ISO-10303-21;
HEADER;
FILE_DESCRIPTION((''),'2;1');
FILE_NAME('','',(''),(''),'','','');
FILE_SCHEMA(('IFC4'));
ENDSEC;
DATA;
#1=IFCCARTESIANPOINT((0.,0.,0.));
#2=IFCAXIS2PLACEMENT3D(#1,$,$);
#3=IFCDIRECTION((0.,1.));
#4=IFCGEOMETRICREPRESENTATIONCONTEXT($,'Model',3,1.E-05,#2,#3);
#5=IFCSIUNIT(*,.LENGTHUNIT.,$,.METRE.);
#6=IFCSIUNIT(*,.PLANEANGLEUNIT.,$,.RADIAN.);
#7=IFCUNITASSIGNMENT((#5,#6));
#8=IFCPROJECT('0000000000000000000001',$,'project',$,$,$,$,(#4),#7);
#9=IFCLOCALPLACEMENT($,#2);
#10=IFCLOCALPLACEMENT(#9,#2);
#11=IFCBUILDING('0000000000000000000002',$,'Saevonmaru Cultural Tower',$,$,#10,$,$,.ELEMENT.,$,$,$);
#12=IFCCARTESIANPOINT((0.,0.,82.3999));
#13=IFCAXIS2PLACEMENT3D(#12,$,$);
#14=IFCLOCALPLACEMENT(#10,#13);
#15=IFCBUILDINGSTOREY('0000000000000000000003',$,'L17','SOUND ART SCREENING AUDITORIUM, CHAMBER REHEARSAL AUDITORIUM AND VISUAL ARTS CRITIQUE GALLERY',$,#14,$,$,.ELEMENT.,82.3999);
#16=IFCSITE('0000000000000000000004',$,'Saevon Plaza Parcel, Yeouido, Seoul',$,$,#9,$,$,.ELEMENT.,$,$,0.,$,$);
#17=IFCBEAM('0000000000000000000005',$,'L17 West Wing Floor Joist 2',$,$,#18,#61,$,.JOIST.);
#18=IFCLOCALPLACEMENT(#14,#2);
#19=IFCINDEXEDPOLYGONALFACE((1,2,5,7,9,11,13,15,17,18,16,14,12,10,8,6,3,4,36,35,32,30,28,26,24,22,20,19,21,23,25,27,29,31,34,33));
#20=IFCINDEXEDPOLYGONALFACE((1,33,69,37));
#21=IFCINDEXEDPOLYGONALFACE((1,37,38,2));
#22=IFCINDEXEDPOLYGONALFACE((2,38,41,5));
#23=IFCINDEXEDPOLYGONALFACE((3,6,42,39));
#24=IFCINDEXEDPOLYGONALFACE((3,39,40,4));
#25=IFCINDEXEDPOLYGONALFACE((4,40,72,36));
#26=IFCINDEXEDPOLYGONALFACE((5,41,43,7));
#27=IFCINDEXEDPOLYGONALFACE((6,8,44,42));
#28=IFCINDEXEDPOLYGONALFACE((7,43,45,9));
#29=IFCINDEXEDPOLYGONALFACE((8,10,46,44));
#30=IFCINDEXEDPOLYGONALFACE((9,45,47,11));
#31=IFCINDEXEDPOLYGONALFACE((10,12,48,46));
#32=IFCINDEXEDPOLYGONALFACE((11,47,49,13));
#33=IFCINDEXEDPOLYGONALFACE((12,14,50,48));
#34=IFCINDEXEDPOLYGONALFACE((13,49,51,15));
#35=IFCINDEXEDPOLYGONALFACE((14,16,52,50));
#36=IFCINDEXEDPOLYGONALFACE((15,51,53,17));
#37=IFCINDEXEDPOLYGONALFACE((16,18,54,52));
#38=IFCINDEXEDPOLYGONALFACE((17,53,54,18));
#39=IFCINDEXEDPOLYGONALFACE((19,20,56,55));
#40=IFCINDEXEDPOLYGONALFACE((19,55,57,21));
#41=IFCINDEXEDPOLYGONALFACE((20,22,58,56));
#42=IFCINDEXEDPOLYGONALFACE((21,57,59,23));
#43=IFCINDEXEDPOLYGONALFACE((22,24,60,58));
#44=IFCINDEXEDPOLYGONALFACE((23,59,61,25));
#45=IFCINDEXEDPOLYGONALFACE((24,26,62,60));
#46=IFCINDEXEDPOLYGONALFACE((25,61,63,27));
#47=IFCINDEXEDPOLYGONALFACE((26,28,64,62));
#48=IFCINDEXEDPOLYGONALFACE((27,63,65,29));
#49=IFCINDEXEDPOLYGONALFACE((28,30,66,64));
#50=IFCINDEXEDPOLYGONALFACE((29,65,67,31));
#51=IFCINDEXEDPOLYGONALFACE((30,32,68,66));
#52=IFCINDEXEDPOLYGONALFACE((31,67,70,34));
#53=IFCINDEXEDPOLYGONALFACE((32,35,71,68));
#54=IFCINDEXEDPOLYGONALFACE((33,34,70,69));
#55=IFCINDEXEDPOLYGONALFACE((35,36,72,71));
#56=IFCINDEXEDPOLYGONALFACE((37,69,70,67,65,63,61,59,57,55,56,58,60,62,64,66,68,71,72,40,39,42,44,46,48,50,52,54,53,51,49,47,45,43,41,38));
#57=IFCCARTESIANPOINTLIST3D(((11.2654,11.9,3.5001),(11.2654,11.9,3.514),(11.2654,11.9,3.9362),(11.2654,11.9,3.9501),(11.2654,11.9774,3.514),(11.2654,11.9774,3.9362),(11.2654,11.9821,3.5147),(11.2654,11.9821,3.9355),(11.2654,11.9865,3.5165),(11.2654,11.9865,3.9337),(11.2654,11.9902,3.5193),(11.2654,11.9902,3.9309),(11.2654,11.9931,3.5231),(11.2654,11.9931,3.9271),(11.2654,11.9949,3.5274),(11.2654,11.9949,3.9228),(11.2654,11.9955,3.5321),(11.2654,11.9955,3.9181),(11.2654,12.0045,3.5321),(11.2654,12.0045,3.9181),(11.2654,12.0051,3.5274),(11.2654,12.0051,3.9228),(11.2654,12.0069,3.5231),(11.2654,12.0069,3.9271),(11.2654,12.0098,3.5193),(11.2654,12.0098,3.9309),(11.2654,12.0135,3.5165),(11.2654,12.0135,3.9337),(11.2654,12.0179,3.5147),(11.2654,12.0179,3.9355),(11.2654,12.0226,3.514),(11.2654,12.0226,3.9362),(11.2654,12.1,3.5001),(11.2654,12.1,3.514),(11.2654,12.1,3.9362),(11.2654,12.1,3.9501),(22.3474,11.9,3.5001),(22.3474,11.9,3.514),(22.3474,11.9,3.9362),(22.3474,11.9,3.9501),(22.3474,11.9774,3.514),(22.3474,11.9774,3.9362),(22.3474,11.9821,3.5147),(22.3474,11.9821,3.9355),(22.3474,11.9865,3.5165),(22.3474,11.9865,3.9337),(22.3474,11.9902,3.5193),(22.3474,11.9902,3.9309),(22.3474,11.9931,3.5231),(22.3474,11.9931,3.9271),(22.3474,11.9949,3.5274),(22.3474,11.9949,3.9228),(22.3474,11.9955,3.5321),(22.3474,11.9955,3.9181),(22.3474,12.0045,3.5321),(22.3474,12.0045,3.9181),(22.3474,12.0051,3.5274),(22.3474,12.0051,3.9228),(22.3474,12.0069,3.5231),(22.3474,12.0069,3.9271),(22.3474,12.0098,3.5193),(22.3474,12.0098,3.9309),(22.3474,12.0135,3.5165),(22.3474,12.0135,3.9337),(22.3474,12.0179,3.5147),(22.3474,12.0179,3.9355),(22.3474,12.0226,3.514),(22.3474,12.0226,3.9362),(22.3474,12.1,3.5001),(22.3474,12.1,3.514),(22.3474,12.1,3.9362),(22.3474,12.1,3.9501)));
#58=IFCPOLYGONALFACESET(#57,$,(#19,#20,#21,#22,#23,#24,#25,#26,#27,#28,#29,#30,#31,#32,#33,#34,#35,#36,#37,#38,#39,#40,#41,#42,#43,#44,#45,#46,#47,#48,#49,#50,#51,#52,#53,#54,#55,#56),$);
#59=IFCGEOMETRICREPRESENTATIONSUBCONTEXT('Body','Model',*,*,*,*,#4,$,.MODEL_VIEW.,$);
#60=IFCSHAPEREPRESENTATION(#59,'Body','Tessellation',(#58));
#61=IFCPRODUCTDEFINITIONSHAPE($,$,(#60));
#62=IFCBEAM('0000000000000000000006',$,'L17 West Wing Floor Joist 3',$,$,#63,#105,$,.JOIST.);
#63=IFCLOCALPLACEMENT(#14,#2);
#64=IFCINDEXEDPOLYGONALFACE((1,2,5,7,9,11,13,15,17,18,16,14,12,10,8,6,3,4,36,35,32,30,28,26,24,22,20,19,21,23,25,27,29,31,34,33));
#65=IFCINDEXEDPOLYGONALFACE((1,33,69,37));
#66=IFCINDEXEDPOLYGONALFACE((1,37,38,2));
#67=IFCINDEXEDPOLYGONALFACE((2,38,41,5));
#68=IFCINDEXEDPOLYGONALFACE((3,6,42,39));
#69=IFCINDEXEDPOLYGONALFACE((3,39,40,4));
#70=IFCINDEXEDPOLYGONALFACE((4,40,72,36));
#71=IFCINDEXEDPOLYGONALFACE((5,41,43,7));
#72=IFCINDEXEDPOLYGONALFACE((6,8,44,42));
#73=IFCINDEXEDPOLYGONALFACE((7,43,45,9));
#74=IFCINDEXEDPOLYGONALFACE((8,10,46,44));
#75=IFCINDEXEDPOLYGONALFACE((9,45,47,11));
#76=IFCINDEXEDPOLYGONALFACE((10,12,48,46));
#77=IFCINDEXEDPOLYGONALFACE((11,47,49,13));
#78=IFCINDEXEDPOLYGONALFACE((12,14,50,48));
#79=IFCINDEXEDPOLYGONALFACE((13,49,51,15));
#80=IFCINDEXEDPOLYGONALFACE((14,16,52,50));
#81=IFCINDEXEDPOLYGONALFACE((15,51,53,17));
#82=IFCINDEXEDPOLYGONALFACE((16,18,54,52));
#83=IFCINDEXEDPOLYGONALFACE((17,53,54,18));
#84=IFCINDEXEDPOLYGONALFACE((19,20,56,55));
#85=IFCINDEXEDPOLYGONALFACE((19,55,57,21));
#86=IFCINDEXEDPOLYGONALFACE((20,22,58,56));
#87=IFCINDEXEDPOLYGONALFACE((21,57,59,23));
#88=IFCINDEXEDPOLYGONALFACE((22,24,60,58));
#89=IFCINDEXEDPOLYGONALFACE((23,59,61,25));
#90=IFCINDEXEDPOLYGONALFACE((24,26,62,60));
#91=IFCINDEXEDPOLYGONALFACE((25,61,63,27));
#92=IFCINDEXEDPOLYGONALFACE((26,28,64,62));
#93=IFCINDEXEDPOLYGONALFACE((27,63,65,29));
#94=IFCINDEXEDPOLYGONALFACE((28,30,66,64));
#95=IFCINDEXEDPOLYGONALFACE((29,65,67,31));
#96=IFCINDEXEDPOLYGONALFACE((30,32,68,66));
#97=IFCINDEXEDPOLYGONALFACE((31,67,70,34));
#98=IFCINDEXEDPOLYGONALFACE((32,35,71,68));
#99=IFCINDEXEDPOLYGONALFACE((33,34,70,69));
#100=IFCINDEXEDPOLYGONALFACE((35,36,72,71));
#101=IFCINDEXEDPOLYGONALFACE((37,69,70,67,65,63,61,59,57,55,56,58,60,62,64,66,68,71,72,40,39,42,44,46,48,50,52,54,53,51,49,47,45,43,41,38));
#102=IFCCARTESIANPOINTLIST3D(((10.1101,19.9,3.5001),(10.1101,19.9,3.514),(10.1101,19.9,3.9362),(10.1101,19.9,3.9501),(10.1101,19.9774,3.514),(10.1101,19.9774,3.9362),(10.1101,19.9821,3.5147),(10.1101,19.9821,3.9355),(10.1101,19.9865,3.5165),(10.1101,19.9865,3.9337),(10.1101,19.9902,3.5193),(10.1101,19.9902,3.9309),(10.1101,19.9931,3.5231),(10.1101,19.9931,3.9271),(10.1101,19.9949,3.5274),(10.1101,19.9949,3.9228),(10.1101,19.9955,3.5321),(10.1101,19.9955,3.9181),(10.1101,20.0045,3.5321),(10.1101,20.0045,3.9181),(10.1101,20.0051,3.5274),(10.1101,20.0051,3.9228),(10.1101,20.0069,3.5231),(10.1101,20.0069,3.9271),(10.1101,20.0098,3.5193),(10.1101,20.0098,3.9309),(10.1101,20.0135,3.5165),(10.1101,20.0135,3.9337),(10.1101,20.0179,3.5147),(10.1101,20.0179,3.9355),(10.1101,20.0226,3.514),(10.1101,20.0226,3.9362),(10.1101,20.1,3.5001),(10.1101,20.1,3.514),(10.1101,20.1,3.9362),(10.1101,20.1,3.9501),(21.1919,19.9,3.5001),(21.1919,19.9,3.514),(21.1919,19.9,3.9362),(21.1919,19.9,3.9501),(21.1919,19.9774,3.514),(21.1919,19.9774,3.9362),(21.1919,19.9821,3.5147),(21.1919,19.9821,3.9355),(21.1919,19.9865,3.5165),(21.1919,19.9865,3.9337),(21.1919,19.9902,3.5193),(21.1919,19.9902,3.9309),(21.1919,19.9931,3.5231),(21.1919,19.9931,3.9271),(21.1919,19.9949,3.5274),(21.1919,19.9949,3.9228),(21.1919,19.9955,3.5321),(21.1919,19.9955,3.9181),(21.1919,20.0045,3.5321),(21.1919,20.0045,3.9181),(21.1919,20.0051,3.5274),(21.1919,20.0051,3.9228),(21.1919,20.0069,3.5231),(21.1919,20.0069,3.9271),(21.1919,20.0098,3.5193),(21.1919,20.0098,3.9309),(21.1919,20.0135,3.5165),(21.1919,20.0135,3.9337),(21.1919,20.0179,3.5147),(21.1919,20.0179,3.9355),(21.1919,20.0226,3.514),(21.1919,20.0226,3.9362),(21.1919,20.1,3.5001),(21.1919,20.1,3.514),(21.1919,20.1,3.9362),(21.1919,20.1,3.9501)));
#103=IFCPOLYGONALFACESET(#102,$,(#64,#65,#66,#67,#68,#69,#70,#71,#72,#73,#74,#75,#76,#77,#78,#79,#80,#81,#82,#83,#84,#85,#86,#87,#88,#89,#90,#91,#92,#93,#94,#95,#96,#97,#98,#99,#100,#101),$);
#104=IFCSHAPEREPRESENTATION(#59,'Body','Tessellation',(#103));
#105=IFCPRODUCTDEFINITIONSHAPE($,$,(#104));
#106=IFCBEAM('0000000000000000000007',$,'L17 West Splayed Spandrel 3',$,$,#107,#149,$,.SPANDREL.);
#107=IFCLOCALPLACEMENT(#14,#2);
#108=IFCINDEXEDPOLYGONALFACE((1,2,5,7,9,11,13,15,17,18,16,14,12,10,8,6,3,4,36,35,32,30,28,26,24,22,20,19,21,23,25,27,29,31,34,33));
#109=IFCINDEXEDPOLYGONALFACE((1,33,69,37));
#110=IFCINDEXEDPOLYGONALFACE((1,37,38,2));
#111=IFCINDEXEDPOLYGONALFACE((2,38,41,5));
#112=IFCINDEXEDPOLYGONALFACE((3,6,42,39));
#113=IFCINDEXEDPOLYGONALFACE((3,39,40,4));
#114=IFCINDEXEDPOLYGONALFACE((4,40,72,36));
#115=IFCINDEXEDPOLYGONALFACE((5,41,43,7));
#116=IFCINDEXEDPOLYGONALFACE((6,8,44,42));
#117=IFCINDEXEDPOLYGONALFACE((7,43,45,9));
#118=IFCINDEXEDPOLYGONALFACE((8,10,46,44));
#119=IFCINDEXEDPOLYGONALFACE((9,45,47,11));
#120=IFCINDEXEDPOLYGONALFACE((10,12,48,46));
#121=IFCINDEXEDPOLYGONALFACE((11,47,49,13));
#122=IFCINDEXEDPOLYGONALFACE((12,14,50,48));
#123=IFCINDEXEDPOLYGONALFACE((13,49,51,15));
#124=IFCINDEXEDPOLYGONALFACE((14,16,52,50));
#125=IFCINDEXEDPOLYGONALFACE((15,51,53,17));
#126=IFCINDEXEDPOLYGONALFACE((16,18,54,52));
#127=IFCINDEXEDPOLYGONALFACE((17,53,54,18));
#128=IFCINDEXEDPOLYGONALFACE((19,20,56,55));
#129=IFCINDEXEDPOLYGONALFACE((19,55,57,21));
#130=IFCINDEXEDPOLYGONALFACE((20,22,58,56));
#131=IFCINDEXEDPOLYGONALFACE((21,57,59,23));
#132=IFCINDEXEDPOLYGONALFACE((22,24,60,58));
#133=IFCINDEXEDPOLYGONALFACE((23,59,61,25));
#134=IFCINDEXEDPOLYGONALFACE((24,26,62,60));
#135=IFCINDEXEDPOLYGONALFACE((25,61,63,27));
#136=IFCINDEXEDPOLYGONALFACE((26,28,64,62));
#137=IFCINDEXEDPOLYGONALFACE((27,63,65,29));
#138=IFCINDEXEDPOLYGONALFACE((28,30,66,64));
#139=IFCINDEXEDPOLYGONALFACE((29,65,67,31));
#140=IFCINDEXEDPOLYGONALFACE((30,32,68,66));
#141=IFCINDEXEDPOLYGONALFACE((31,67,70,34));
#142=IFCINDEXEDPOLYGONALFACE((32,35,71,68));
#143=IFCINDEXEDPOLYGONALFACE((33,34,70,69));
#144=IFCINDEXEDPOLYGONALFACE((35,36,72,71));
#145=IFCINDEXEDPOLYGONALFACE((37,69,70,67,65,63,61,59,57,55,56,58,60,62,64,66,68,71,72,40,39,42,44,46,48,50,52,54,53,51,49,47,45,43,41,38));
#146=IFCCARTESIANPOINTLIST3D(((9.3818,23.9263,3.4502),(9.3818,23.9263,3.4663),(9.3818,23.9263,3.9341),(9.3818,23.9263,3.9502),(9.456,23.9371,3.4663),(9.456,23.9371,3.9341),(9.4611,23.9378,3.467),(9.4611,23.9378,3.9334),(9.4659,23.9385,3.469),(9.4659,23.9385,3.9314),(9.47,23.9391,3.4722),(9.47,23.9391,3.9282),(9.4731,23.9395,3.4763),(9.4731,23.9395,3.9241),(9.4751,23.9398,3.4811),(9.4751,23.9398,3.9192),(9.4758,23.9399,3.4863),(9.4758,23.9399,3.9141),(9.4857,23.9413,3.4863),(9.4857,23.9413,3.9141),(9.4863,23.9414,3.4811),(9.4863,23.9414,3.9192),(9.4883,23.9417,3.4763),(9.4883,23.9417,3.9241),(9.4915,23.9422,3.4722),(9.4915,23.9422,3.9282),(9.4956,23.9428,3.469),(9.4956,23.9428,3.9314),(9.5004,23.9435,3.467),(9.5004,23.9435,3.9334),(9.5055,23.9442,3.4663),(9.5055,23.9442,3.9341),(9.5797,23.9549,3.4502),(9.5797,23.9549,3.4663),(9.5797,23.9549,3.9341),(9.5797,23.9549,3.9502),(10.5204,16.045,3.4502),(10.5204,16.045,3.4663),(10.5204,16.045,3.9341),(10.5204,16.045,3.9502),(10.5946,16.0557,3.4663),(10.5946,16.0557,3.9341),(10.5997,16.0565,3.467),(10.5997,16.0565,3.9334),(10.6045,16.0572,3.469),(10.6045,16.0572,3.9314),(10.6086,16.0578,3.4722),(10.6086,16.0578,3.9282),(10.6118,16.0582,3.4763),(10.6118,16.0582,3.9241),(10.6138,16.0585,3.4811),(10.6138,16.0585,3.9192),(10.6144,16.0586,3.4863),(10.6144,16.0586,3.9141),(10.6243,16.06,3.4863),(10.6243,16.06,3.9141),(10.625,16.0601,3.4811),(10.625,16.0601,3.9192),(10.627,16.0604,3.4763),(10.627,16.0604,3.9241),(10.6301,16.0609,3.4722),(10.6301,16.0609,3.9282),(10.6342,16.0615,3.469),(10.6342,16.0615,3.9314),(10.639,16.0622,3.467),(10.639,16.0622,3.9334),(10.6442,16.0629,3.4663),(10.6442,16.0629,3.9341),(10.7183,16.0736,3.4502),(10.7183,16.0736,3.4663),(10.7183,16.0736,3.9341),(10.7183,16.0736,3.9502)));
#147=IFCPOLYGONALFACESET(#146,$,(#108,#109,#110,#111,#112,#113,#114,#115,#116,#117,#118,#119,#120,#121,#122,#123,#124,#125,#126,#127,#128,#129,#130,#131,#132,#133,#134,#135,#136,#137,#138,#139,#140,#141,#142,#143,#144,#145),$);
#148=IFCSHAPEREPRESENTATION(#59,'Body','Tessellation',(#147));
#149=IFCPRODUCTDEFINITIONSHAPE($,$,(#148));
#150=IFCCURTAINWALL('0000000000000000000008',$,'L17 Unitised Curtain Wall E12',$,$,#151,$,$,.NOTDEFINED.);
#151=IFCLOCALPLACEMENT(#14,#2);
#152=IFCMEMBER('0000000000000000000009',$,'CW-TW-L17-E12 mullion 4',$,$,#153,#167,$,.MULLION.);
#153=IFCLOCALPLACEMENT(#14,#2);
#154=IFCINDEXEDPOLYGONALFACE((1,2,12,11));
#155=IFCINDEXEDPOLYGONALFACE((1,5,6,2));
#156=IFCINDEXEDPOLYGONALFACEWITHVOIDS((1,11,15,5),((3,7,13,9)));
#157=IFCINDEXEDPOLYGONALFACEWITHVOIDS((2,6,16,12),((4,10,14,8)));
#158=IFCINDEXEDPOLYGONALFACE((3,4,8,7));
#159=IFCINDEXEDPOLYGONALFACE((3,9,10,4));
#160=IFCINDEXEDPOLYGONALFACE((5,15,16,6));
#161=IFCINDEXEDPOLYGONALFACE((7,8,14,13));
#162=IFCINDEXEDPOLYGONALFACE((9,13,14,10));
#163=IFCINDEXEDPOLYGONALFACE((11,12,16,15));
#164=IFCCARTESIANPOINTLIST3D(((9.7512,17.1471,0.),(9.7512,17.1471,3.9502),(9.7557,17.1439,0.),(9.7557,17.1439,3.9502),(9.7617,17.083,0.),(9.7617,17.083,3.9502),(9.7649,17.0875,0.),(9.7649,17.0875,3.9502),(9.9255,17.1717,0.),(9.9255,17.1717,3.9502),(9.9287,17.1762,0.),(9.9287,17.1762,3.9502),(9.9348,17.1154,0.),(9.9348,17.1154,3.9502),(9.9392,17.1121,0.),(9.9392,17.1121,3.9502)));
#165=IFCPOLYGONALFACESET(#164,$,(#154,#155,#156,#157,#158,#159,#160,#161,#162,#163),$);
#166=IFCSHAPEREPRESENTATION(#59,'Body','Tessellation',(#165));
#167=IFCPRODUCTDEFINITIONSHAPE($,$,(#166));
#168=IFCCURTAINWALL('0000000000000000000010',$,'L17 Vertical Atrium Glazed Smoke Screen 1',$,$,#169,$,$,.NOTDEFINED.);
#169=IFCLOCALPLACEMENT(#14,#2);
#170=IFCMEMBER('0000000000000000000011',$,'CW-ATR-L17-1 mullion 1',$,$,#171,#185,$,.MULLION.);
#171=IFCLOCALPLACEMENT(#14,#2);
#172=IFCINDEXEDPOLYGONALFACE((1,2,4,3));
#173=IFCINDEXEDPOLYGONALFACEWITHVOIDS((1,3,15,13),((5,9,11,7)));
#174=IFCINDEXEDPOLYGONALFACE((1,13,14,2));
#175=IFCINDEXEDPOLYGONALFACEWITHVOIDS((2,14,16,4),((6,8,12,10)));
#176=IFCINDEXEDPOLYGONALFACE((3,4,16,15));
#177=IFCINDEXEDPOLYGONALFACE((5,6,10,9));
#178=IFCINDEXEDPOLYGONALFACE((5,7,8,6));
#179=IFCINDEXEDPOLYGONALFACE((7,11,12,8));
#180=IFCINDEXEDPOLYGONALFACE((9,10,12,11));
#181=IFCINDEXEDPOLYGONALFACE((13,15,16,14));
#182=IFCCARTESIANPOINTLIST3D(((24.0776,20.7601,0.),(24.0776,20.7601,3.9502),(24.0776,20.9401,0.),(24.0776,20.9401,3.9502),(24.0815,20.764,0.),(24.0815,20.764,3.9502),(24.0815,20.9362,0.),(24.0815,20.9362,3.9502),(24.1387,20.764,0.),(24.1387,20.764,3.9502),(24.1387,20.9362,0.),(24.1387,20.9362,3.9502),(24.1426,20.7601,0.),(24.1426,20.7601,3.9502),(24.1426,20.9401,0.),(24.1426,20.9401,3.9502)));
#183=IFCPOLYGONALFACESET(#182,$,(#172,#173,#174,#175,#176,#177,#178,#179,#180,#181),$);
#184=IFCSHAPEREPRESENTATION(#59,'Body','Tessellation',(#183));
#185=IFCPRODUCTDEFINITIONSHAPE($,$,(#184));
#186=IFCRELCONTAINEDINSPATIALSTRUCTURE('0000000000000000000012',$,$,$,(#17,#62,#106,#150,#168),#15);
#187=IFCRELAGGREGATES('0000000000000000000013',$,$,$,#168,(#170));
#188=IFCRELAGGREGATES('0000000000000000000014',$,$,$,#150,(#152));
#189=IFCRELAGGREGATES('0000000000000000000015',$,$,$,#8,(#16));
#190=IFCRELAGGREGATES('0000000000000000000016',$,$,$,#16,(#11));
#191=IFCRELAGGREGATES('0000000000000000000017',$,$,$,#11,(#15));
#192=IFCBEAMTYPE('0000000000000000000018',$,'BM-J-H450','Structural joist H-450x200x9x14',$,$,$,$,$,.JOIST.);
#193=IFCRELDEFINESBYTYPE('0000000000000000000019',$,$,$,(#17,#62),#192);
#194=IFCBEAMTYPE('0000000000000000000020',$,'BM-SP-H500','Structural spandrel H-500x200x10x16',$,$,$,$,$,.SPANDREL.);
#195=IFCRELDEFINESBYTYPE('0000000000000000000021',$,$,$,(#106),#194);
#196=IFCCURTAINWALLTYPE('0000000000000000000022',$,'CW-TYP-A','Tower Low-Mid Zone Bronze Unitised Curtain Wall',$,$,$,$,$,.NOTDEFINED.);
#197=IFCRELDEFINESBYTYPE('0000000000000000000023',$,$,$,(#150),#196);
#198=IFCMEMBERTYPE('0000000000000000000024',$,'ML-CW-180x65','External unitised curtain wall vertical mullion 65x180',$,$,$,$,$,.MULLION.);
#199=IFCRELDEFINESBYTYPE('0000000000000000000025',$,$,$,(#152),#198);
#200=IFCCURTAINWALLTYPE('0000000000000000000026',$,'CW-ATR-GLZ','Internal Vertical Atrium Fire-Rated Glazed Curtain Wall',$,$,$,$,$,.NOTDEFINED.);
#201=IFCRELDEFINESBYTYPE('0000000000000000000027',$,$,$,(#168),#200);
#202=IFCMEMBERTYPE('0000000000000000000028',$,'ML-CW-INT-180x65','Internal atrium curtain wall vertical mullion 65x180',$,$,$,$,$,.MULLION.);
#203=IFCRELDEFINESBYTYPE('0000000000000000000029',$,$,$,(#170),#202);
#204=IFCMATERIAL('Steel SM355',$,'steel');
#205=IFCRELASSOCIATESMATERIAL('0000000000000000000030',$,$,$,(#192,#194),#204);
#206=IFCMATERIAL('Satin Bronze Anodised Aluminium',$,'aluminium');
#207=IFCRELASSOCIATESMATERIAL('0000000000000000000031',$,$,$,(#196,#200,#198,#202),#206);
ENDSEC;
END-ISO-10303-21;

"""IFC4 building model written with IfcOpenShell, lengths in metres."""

from ifc_helpers import new_model, si_unit, direction, frame, origin, origin_2d, place, context, subcontext, project, spatial, hollow_rectangle, i_section, extrude, material, material_profile, profile_set, type_object, element, aggregate, save


model = new_model("IFC4")

# Units and contexts
model_context = context("Model", 3, precision=1e-05, world=origin(), true_north=direction((0.0, 1.0)))
body_context = subcontext(model_context, "Body", "Model", "MODEL_VIEW")
ifc_project = project(units=[si_unit("LENGTHUNIT", "METRE"), si_unit("PLANEANGLEUNIT", "RADIAN")], contexts=[model_context])

# Site, building, storey
site_placement = place(None, origin())
site = spatial("IfcSite", under=ifc_project, at=site_placement, Name="Saevon Plaza Parcel, Yeouido, Seoul", CompositionType="ELEMENT", RefElevation=0.0)
building_placement = place(site_placement, origin())
building = spatial("IfcBuilding", under=site, at=building_placement, Name="Saevonmaru Cultural Tower", CompositionType="ELEMENT")
storey_placement = place(building_placement, frame((0.0, 0.0, 82.3999)))
storey = spatial("IfcBuildingStorey", under=building, at=storey_placement, Name="L17", Description="SOUND ART SCREENING AUDITORIUM, CHAMBER REHEARSAL AUDITORIUM AND VISUAL ARTS CRITIQUE GALLERY", CompositionType="ELEMENT", Elevation=82.3999)

# Beams
ifc_material_1 = material(Name="Steel SM355", Category="steel")
ifc_material_profile_1 = material_profile(ifc_material_1, i_section(OverallWidth=0.2, OverallDepth=0.45, WebThickness=0.009, FlangeThickness=0.0139, FilletRadius=0.0181, at=origin_2d()), Name="H-450x200x9x14")
ifc_profile_set_1 = profile_set([ifc_material_profile_1], Name="Steel SM355")
beam_type_1 = type_object("IfcBeamType", Name="BM-J-H450", Description="Structural joist H-450x200x9x14", PredefinedType="JOIST", material=ifc_profile_set_1)
beam_1_placement = place(storey_placement, frame((11.2654, 12.0, 3.7251), z_axis=(1.0, 0.0, 0.0), x_axis=(0.0, 1.0, 0.0)))
element("IfcBeam", 1, at=beam_1_placement, inside=storey, type_object=beam_type_1, Name="L17 West Wing Floor Joist 2", PredefinedType="JOIST", context=body_context, shape_type="SweptSolid", body=[
    extrude(i_section(OverallWidth=0.2, OverallDepth=0.45, WebThickness=0.009, FlangeThickness=0.0139, FilletRadius=0.0181, at=origin_2d()), origin(), (0.0, 0.0, 1.0), 11.082),
])
beam_2_placement = place(storey_placement, frame((10.1101, 20.0, 3.7251), z_axis=(1.0, 0.0, 0.0), x_axis=(0.0, 1.0, 0.0)))
element("IfcBeam", 2, at=beam_2_placement, inside=storey, type_object=beam_type_1, Name="L17 West Wing Floor Joist 3", PredefinedType="JOIST", context=body_context, shape_type="SweptSolid", body=[
    extrude(i_section(OverallWidth=0.2, OverallDepth=0.45, WebThickness=0.009, FlangeThickness=0.0139, FilletRadius=0.0181, at=origin_2d()), origin(), (0.0, 0.0, 1.0), 11.0818),
])
ifc_material_profile_2 = material_profile(ifc_material_1, i_section(OverallWidth=0.2, OverallDepth=0.5, WebThickness=0.01, FlangeThickness=0.0161, FilletRadius=0.02, at=origin_2d()), Name="H-500x200x10x16")
ifc_profile_set_2 = profile_set([ifc_material_profile_2], Name="Steel SM355")
beam_type_2 = type_object("IfcBeamType", Name="BM-SP-H500", Description="Structural spandrel H-500x200x10x16", PredefinedType="SPANDREL", material=ifc_profile_set_2)
beam_3_placement = place(storey_placement, frame((10.6194, 16.0593, 3.7002), z_axis=(-0.142992, 0.989724, 0.0), x_axis=(-0.989724, -0.142992, 0.0)))
element("IfcBeam", 3, at=beam_3_placement, inside=storey, type_object=beam_type_2, Name="L17 West Splayed Spandrel 3", PredefinedType="SPANDREL", context=body_context, shape_type="SweptSolid", body=[
    extrude(i_section(OverallWidth=0.2, OverallDepth=0.5, WebThickness=0.01, FlangeThickness=0.0161, FilletRadius=0.02, at=origin_2d()), origin(), (0.0, 0.0, 1.0), 7.9631),
])

# Curtain walls, members
ifc_material_2 = material(Name="Satin Bronze Anodised Aluminium", Category="aluminium")
curtain_wall_type_1 = type_object("IfcCurtainWallType", Name="CW-TYP-A", Description="Tower Low-Mid Zone Bronze Unitised Curtain Wall", PredefinedType="NOTDEFINED", material=ifc_material_2)
curtain_wall_1_placement = place(storey_placement, origin())
curtain_wall_1 = element("IfcCurtainWall", 4, at=curtain_wall_1_placement, inside=storey, type_object=curtain_wall_type_1, Name="L17 Unitised Curtain Wall E12", PredefinedType="NOTDEFINED")
ifc_material_profile_3 = material_profile(ifc_material_2, hollow_rectangle(XDim=0.0649, YDim=0.1799, WallThickness=0.0039, at=origin_2d()), Name="ALU-MULL-180x65x4")
ifc_profile_set_3 = profile_set([ifc_material_profile_3], Name="Satin Bronze Anodised Aluminium")
member_type_1 = type_object("IfcMemberType", Name="ML-CW-180x65", Description="External unitised curtain wall vertical mullion 65x180", PredefinedType="MULLION", material=ifc_profile_set_3)
member_1_placement = place(storey_placement, frame((9.8452, 17.1296, 0.0), z_axis=(0.0, 0.0, 1.0), x_axis=(0.161709, -0.986839, 0.0)))
member_1 = element("IfcMember", 5, at=member_1_placement, type_object=member_type_1, Name="CW-TW-L17-E12 mullion 4", PredefinedType="MULLION", context=body_context, shape_type="SweptSolid", body=[
    extrude(hollow_rectangle(XDim=0.0649, YDim=0.1799, WallThickness=0.0039, at=origin_2d()), origin(), (0.0, 0.0, 1.0), 3.9502),
])
curtain_wall_type_2 = type_object("IfcCurtainWallType", Name="CW-ATR-GLZ", Description="Internal Vertical Atrium Fire-Rated Glazed Curtain Wall", PredefinedType="NOTDEFINED", material=ifc_material_2)
curtain_wall_2_placement = place(storey_placement, origin())
curtain_wall_2 = element("IfcCurtainWall", 6, at=curtain_wall_2_placement, inside=storey, type_object=curtain_wall_type_2, Name="L17 Vertical Atrium Glazed Smoke Screen 1", PredefinedType="NOTDEFINED")
ifc_material_profile_4 = material_profile(ifc_material_2, hollow_rectangle(XDim=0.0649, YDim=0.1799, WallThickness=0.0039, at=origin_2d()), Name="ALU-MULL-180x65x4")
ifc_profile_set_4 = profile_set([ifc_material_profile_4], Name="Satin Bronze Anodised Aluminium")
member_type_2 = type_object("IfcMemberType", Name="ML-CW-INT-180x65", Description="Internal atrium curtain wall vertical mullion 65x180", PredefinedType="MULLION", material=ifc_profile_set_4)
member_2_placement = place(storey_placement, frame((24.1101, 20.8501, 0.0), z_axis=(0.0, 0.0, 1.0), x_axis=(1.0, 0.0, 0.0)))
member_2 = element("IfcMember", 7, at=member_2_placement, type_object=member_type_2, Name="CW-ATR-L17-1 mullion 1", PredefinedType="MULLION", context=body_context, shape_type="SweptSolid", body=[
    extrude(hollow_rectangle(XDim=0.0649, YDim=0.1799, WallThickness=0.0039, at=origin_2d()), origin(), (0.0, 0.0, 1.0), 3.9502),
])

aggregate(curtain_wall_2, [member_2])

aggregate(curtain_wall_1, [member_1])

save(model, "model.ifc")
